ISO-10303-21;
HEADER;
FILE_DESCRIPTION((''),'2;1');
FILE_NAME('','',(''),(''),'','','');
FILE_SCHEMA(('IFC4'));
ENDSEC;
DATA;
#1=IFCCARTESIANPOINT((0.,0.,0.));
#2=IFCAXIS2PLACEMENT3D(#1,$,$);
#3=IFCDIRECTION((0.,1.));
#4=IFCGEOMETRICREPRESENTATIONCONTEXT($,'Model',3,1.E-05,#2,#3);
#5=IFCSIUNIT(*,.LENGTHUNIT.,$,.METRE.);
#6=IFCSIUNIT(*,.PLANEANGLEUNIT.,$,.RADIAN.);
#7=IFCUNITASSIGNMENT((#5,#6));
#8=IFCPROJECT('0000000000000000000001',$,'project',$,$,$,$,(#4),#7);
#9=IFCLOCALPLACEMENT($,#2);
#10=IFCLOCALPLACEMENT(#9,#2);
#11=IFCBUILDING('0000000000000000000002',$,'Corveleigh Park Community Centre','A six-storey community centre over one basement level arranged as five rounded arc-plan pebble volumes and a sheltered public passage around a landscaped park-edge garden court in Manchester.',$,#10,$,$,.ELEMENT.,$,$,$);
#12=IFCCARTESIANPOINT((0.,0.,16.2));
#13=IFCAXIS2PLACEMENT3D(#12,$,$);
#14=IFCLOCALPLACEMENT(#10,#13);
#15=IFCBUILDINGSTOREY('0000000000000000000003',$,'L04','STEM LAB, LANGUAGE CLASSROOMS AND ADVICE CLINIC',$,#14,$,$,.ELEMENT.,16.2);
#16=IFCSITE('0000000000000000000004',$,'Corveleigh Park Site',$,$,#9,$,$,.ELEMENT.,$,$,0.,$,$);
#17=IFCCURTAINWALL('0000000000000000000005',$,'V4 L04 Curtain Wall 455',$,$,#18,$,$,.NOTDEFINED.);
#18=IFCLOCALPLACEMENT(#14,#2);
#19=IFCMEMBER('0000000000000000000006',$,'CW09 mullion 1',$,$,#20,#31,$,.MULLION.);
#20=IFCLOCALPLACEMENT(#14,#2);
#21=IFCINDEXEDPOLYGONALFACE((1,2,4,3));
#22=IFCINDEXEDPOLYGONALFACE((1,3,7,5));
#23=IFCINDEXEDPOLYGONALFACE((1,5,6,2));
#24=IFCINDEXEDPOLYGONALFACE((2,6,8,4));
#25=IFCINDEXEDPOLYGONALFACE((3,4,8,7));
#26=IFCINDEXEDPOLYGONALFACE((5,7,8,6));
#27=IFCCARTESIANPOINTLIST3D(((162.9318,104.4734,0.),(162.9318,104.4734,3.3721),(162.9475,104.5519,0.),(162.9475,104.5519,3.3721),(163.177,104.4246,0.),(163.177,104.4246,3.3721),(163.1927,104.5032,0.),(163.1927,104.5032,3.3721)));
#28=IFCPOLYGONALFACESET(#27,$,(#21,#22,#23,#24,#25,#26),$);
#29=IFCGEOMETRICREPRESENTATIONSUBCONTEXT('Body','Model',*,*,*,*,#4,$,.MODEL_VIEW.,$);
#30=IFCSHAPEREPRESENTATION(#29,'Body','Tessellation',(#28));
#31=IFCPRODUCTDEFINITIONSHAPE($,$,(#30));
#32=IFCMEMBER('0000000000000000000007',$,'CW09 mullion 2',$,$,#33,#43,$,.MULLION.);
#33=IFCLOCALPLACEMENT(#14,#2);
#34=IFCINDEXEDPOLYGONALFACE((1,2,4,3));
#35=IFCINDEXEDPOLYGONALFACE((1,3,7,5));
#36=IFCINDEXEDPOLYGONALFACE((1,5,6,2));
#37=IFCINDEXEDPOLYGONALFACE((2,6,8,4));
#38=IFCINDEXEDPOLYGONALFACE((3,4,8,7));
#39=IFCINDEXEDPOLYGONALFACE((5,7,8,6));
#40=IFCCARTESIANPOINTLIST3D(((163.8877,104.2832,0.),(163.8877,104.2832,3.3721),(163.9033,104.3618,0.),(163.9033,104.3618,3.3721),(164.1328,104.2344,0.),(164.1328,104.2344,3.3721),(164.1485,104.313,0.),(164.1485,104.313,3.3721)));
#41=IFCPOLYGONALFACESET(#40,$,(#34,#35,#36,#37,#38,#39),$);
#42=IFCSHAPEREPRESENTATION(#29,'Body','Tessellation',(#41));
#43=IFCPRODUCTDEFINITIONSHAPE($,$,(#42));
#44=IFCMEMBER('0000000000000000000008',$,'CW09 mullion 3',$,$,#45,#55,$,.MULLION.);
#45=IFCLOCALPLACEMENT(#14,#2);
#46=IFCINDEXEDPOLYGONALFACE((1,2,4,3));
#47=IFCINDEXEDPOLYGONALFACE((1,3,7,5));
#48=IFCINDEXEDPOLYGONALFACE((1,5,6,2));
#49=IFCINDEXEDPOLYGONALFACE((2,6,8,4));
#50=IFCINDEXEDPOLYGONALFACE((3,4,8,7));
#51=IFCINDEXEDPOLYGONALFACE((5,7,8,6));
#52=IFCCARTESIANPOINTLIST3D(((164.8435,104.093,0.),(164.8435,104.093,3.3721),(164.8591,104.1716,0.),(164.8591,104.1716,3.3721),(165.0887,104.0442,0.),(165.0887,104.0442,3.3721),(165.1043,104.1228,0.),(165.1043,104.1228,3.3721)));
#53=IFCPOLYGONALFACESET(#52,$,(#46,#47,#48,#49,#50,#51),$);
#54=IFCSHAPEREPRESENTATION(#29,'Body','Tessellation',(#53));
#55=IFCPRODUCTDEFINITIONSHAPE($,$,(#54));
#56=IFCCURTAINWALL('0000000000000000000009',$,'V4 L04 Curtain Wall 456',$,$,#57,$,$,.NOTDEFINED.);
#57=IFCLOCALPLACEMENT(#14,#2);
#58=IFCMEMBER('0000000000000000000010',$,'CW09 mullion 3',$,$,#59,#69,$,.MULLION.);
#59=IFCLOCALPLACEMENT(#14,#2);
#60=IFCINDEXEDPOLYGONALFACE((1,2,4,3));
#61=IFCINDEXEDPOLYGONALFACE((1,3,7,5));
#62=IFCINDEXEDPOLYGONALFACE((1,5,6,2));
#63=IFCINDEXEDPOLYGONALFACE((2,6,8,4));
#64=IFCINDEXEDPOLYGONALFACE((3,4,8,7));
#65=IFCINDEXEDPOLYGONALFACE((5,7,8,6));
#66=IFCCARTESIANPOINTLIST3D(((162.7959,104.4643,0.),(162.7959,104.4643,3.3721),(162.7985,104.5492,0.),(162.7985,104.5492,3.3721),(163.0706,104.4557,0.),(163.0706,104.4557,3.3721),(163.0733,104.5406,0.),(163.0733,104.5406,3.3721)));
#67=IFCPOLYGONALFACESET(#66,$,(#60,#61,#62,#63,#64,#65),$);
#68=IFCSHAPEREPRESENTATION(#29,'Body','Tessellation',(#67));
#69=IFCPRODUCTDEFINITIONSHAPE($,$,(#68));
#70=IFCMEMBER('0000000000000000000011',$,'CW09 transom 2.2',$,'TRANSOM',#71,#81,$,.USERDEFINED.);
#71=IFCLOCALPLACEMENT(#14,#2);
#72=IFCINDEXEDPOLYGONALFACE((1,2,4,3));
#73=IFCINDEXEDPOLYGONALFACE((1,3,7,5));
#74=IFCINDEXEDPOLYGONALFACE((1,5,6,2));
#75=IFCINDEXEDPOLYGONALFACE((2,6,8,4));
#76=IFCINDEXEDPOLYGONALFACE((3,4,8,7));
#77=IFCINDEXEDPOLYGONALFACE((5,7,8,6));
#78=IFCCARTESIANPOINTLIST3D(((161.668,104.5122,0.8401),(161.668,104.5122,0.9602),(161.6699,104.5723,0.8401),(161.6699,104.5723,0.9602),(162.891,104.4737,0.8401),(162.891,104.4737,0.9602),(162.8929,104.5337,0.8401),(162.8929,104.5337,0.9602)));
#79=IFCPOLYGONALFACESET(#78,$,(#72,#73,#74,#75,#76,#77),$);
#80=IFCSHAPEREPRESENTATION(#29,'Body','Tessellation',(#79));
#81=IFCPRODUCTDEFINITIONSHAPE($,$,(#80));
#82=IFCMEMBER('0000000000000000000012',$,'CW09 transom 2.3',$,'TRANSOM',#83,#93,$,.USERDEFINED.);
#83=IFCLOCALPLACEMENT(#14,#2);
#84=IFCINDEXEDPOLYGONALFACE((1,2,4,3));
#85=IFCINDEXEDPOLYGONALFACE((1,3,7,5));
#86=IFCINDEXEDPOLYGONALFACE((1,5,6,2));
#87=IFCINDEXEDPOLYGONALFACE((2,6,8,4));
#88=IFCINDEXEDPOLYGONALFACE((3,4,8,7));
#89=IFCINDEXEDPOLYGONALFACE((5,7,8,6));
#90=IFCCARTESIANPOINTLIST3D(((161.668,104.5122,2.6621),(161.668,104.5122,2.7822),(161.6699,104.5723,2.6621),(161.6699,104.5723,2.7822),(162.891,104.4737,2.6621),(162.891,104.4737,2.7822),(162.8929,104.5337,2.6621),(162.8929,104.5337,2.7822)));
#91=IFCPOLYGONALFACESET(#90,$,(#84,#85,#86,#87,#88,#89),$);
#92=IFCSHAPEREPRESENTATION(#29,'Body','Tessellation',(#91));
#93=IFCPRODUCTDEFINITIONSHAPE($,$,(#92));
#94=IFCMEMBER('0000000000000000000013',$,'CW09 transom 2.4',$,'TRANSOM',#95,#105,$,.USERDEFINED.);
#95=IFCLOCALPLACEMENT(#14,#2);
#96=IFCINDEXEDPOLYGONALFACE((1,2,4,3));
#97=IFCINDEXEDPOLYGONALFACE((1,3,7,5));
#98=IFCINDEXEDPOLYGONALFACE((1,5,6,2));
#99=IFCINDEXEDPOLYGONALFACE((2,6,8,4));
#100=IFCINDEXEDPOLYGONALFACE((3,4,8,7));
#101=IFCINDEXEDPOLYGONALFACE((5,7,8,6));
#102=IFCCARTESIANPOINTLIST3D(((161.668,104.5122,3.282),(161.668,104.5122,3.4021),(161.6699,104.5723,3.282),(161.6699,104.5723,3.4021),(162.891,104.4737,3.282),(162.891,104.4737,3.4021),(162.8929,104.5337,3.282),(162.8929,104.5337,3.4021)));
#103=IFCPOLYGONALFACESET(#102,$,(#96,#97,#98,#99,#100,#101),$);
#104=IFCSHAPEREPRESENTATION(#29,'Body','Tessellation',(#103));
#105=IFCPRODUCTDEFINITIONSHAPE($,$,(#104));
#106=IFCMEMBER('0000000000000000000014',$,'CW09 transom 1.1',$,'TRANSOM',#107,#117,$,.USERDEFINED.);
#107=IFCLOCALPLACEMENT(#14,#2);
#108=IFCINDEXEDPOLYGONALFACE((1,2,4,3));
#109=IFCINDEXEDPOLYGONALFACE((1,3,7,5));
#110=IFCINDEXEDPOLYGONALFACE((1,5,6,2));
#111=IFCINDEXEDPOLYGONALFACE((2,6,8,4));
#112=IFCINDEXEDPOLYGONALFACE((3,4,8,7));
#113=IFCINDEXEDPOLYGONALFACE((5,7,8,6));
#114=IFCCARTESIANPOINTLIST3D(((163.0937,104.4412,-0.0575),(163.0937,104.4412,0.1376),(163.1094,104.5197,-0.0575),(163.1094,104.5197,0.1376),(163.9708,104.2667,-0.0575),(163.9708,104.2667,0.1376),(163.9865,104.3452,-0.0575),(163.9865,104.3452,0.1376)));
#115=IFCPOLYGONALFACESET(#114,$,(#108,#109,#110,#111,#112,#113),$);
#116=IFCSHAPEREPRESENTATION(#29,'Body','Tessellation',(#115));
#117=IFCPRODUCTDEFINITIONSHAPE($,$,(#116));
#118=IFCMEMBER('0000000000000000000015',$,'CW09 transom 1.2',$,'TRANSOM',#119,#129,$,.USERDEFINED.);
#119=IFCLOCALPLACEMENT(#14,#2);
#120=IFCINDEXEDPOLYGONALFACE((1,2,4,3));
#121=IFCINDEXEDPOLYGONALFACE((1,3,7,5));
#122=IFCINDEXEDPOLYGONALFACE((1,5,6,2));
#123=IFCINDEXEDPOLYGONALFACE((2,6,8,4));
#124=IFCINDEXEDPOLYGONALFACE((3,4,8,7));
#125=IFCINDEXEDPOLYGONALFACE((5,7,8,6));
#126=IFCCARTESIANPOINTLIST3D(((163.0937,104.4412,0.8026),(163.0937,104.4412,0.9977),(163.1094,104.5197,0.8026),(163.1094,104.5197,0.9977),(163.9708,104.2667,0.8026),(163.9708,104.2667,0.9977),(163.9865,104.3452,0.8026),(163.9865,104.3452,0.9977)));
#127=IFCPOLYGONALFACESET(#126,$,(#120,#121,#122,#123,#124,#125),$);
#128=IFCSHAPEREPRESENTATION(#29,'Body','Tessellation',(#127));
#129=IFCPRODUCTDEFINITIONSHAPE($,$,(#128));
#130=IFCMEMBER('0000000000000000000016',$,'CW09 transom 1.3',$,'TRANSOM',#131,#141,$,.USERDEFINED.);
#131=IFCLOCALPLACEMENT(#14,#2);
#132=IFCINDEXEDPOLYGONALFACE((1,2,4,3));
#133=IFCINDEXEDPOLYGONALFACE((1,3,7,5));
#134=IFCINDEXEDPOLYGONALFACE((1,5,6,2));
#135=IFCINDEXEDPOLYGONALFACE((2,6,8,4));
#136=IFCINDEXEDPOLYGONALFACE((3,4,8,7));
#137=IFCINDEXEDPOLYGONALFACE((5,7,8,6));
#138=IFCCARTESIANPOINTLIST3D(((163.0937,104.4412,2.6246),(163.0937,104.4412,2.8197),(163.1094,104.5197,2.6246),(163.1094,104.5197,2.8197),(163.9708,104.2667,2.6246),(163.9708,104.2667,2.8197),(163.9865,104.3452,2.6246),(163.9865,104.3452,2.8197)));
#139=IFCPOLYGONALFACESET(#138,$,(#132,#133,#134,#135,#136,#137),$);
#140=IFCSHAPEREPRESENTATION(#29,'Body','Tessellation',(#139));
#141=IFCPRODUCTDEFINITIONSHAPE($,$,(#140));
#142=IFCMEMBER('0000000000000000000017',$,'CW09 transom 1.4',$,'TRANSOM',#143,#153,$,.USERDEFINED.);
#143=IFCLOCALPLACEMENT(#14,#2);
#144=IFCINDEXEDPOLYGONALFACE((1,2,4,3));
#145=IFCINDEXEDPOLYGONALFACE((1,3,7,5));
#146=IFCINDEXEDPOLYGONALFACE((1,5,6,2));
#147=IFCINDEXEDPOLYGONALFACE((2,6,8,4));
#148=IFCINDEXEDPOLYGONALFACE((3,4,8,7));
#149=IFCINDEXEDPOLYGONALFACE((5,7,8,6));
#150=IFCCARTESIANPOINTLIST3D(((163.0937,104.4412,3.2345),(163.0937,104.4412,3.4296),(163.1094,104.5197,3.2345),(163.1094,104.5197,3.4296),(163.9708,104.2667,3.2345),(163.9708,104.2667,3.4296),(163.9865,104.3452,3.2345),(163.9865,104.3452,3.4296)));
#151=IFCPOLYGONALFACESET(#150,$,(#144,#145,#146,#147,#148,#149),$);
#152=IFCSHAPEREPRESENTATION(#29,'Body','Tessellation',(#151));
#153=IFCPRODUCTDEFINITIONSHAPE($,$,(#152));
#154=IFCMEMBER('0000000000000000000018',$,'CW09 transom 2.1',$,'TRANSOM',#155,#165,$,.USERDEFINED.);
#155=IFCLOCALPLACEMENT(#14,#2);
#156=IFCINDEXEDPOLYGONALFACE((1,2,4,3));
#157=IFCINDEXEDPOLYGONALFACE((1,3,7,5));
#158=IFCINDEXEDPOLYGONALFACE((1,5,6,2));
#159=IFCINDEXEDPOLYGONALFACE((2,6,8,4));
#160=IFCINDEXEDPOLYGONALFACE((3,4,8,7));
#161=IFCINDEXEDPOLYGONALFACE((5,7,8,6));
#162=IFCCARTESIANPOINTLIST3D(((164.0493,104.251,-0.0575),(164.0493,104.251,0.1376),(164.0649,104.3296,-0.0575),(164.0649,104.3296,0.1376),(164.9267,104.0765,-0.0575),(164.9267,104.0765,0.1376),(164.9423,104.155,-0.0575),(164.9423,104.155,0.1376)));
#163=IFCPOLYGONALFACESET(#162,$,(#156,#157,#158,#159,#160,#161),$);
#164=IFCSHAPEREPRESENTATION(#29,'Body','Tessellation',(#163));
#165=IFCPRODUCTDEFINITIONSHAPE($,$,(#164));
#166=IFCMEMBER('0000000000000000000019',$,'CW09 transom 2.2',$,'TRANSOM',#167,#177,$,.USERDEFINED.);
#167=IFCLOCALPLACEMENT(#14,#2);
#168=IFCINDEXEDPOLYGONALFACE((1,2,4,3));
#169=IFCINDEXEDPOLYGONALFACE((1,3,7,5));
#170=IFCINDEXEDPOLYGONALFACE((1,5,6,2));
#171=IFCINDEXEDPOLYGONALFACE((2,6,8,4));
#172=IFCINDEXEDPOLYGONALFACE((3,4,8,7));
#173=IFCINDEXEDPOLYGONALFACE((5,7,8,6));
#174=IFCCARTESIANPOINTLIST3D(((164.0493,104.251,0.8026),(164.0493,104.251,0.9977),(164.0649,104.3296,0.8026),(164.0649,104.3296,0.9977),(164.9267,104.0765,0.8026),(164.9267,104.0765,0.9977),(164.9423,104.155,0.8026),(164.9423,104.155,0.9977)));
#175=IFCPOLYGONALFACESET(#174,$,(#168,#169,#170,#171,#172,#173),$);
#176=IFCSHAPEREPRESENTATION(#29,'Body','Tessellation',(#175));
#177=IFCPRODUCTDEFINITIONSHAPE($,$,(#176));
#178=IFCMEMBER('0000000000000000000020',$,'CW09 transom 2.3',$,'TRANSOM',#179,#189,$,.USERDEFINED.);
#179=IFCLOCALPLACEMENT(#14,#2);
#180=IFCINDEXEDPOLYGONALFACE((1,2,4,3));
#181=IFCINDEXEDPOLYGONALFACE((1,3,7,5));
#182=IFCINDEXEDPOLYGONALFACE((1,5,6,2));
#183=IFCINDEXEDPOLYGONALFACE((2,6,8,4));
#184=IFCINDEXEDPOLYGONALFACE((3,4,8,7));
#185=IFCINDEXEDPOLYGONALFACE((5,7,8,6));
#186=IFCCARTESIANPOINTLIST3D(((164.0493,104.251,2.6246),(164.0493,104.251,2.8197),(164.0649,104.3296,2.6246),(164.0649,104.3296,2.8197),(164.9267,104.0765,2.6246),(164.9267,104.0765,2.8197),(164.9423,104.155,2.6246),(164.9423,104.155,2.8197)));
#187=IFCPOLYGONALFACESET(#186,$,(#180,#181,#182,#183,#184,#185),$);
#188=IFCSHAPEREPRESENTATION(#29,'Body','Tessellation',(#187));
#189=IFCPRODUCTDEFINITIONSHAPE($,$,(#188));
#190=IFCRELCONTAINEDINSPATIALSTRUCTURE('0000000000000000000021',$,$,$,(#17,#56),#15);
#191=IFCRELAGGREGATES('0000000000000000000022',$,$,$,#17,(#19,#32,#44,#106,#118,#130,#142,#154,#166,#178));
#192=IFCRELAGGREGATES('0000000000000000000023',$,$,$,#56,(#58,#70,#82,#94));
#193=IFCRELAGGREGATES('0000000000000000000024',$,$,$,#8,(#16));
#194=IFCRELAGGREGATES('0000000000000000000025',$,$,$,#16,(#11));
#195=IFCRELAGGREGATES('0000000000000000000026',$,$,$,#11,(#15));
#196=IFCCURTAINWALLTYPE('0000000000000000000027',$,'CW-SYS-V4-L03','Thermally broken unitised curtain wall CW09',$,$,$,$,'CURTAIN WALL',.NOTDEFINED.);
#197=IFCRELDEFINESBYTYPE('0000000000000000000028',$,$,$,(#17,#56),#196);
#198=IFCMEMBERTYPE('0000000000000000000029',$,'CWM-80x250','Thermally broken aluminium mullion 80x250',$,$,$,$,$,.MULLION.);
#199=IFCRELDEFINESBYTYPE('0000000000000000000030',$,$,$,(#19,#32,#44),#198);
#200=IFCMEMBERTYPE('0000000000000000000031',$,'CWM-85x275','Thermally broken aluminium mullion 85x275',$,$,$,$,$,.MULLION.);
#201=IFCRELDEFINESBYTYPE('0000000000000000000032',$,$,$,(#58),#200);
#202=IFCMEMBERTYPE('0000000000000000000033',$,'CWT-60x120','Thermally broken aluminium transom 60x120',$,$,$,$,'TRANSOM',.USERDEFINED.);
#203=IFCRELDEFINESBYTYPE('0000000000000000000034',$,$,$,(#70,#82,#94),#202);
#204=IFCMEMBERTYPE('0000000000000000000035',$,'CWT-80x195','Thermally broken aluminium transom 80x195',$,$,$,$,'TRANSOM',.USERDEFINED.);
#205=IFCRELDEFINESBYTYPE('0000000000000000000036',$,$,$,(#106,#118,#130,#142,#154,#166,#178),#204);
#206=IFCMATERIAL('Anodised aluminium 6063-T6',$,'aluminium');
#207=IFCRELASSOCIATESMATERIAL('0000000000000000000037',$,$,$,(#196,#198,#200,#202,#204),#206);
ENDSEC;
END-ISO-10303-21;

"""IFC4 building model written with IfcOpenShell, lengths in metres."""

from ifc_helpers import new_model, si_unit, direction, frame, origin, origin_2d, place, context, subcontext, project, spatial, rectangle, extrude, material, material_profile, profile_set, type_object, element, aggregate, save


model = new_model("IFC4")

# Units and contexts
model_context = context("Model", 3, precision=1e-05, world=origin(), true_north=direction((0.0, 1.0)))
body_context = subcontext(model_context, "Body", "Model", "MODEL_VIEW")
ifc_project = project(units=[si_unit("LENGTHUNIT", "METRE"), si_unit("PLANEANGLEUNIT", "RADIAN")], contexts=[model_context])

# Site, building, storey
site_placement = place(None, origin())
site = spatial("IfcSite", under=ifc_project, at=site_placement, Name="Corveleigh Park Site", CompositionType="ELEMENT", RefElevation=0.0)
building_placement = place(site_placement, origin())
building = spatial("IfcBuilding", under=site, at=building_placement, Name="Corveleigh Park Community Centre", Description="A six-storey community centre over one basement level arranged as five rounded arc-plan pebble volumes and a sheltered public passage around a landscaped park-edge garden court in Manchester.", CompositionType="ELEMENT")
storey_placement = place(building_placement, frame((0.0, 0.0, 16.2)))
storey = spatial("IfcBuildingStorey", under=building, at=storey_placement, Name="L04", Description="STEM LAB, LANGUAGE CLASSROOMS AND ADVICE CLINIC", CompositionType="ELEMENT", Elevation=16.2)

# Curtain walls, members
ifc_material_1 = material(Name="Anodised aluminium 6063-T6", Category="aluminium")
curtain_wall_type = type_object("IfcCurtainWallType", Name="CW-SYS-V4-L03", Description="Thermally broken unitised curtain wall CW09", ElementType="CURTAIN WALL", PredefinedType="NOTDEFINED", material=ifc_material_1)
curtain_wall_1_placement = place(storey_placement, origin())
curtain_wall_1 = element("IfcCurtainWall", 1, at=curtain_wall_1_placement, inside=storey, type_object=curtain_wall_type, Name="V4 L04 Curtain Wall 455", PredefinedType="NOTDEFINED")
ifc_material_profile_1 = material_profile(ifc_material_1, rectangle(XDim=0.0801, YDim=0.25, at=origin_2d()), Name="ALU-M80x250", Category="aluminium")
ifc_profile_set_1 = profile_set([ifc_material_profile_1], Name="Anodised aluminium 6063-T6")
member_type_1 = type_object("IfcMemberType", Name="CWM-80x250", Description="Thermally broken aluminium mullion 80x250", PredefinedType="MULLION", material=ifc_profile_set_1)
member_1_placement = place(storey_placement, frame((163.0623, 104.4883, 0.0), z_axis=(0.0, 0.0, 1.0), x_axis=(0.195168, 0.98077, 0.0)))
member_1 = element("IfcMember", 2, at=member_1_placement, type_object=member_type_1, Name="CW09 mullion 1", PredefinedType="MULLION", context=body_context, shape_type="SweptSolid", body=[
    extrude(rectangle(XDim=0.0801, YDim=0.25, at=origin_2d()), origin(), (0.0, 0.0, 1.0), 3.3721),
])
member_2_placement = place(storey_placement, frame((164.0181, 104.2981, 0.0), z_axis=(0.0, 0.0, 1.0), x_axis=(0.195168, 0.98077, 0.0)))
member_2 = element("IfcMember", 3, at=member_2_placement, type_object=member_type_1, Name="CW09 mullion 2", PredefinedType="MULLION", context=body_context, shape_type="SweptSolid", body=[
    extrude(rectangle(XDim=0.0801, YDim=0.25, at=origin_2d()), origin(), (0.0, 0.0, 1.0), 3.3721),
])
member_3_placement = place(storey_placement, frame((164.9739, 104.1079, 0.0), z_axis=(0.0, 0.0, 1.0), x_axis=(0.195168, 0.98077, 0.0)))
member_3 = element("IfcMember", 4, at=member_3_placement, type_object=member_type_1, Name="CW09 mullion 3", PredefinedType="MULLION", context=body_context, shape_type="SweptSolid", body=[
    extrude(rectangle(XDim=0.0801, YDim=0.25, at=origin_2d()), origin(), (0.0, 0.0, 1.0), 3.3721),
])
curtain_wall_2_placement = place(storey_placement, origin())
curtain_wall_2 = element("IfcCurtainWall", 5, at=curtain_wall_2_placement, inside=storey, type_object=curtain_wall_type, Name="V4 L04 Curtain Wall 456", PredefinedType="NOTDEFINED")
ifc_material_profile_2 = material_profile(ifc_material_1, rectangle(XDim=0.085, YDim=0.2749, at=origin_2d()), Name="ALU-M85x275", Category="aluminium")
ifc_profile_set_2 = profile_set([ifc_material_profile_2], Name="Anodised aluminium 6063-T6")
member_type_2 = type_object("IfcMemberType", Name="CWM-85x275", Description="Thermally broken aluminium mullion 85x275", PredefinedType="MULLION", material=ifc_profile_set_2)
member_4_placement = place(storey_placement, frame((162.9346, 104.5024, 0.0), z_axis=(0.0, 0.0, 1.0), x_axis=(0.031454, 0.999505, 0.0)))
member_4 = element("IfcMember", 6, at=member_4_placement, type_object=member_type_2, Name="CW09 mullion 3", PredefinedType="MULLION", context=body_context, shape_type="SweptSolid", body=[
    extrude(rectangle(XDim=0.085, YDim=0.2749, at=origin_2d()), origin(), (0.0, 0.0, 1.0), 3.3721),
])
ifc_material_profile_3 = material_profile(ifc_material_1, rectangle(XDim=0.0601, YDim=0.1201, at=origin_2d()), Name="ALU-T60x120", Category="aluminium")
ifc_profile_set_3 = profile_set([ifc_material_profile_3], Name="Anodised aluminium 6063-T6")
member_type_3 = type_object("IfcMemberType", Name="CWT-60x120", Description="Thermally broken aluminium transom 60x120", ElementType="TRANSOM", PredefinedType="USERDEFINED", material=ifc_profile_set_3)
member_5_placement = place(storey_placement, frame((161.6689, 104.5422, 0.9001), z_axis=(0.999503, -0.031521, 0.0), x_axis=(0.031521, 0.999503, 0.0)))
member_5 = element("IfcMember", 7, at=member_5_placement, type_object=member_type_3, Name="CW09 transom 2.2", ObjectType="TRANSOM", PredefinedType="USERDEFINED", context=body_context, shape_type="SweptSolid", body=[
    extrude(rectangle(XDim=0.0601, YDim=0.1201, at=origin_2d()), origin(), (0.0, 0.0, 1.0), 1.2236),
])
member_6_placement = place(storey_placement, frame((161.6689, 104.5422, 2.7222), z_axis=(0.999503, -0.031521, 0.0), x_axis=(0.031521, 0.999503, 0.0)))
member_6 = element("IfcMember", 8, at=member_6_placement, type_object=member_type_3, Name="CW09 transom 2.3", ObjectType="TRANSOM", PredefinedType="USERDEFINED", context=body_context, shape_type="SweptSolid", body=[
    extrude(rectangle(XDim=0.0601, YDim=0.1201, at=origin_2d()), origin(), (0.0, 0.0, 1.0), 1.2236),
])
member_7_placement = place(storey_placement, frame((161.6689, 104.5422, 3.342), z_axis=(0.999503, -0.031521, 0.0), x_axis=(0.031521, 0.999503, 0.0)))
member_7 = element("IfcMember", 9, at=member_7_placement, type_object=member_type_3, Name="CW09 transom 2.4", ObjectType="TRANSOM", PredefinedType="USERDEFINED", context=body_context, shape_type="SweptSolid", body=[
    extrude(rectangle(XDim=0.0601, YDim=0.1201, at=origin_2d()), origin(), (0.0, 0.0, 1.0), 1.2236),
])

# Members
ifc_material_profile_4 = material_profile(ifc_material_1, rectangle(XDim=0.0801, YDim=0.1951, at=origin_2d()), Name="ALU-T80x195", Category="aluminium")
ifc_profile_set_4 = profile_set([ifc_material_profile_4], Name="Anodised aluminium 6063-T6")
member_type_4 = type_object("IfcMemberType", Name="CWT-80x195", Description="Thermally broken aluminium transom 80x195", ElementType="TRANSOM", PredefinedType="USERDEFINED", material=ifc_profile_set_4)
member_8_placement = place(storey_placement, frame((163.1016, 104.4805, 0.04), z_axis=(0.980769, -0.195171, 0.0), x_axis=(0.195171, 0.980769, 0.0)))
member_8 = element("IfcMember", 10, at=member_8_placement, type_object=member_type_4, Name="CW09 transom 1.1", ObjectType="TRANSOM", PredefinedType="USERDEFINED", context=body_context, shape_type="SweptSolid", body=[
    extrude(rectangle(XDim=0.0801, YDim=0.1951, at=origin_2d()), origin(), (0.0, 0.0, 1.0), 0.8943),
])
member_9_placement = place(storey_placement, frame((163.1016, 104.4805, 0.9001), z_axis=(0.980769, -0.195171, 0.0), x_axis=(0.195171, 0.980769, 0.0)))
member_9 = element("IfcMember", 11, at=member_9_placement, type_object=member_type_4, Name="CW09 transom 1.2", ObjectType="TRANSOM", PredefinedType="USERDEFINED", context=body_context, shape_type="SweptSolid", body=[
    extrude(rectangle(XDim=0.0801, YDim=0.1951, at=origin_2d()), origin(), (0.0, 0.0, 1.0), 0.8943),
])
member_10_placement = place(storey_placement, frame((163.1016, 104.4805, 2.7222), z_axis=(0.980769, -0.195171, 0.0), x_axis=(0.195171, 0.980769, 0.0)))
member_10 = element("IfcMember", 12, at=member_10_placement, type_object=member_type_4, Name="CW09 transom 1.3", ObjectType="TRANSOM", PredefinedType="USERDEFINED", context=body_context, shape_type="SweptSolid", body=[
    extrude(rectangle(XDim=0.0801, YDim=0.1951, at=origin_2d()), origin(), (0.0, 0.0, 1.0), 0.8943),
])
member_11_placement = place(storey_placement, frame((163.1016, 104.4805, 3.332), z_axis=(0.980769, -0.195171, 0.0), x_axis=(0.195171, 0.980769, 0.0)))
member_11 = element("IfcMember", 13, at=member_11_placement, type_object=member_type_4, Name="CW09 transom 1.4", ObjectType="TRANSOM", PredefinedType="USERDEFINED", context=body_context, shape_type="SweptSolid", body=[
    extrude(rectangle(XDim=0.0801, YDim=0.1951, at=origin_2d()), origin(), (0.0, 0.0, 1.0), 0.8943),
])
member_12_placement = place(storey_placement, frame((164.0571, 104.2903, 0.04), z_axis=(0.98078, -0.195119, 0.0), x_axis=(0.195119, 0.98078, 0.0)))
member_12 = element("IfcMember", 14, at=member_12_placement, type_object=member_type_4, Name="CW09 transom 2.1", ObjectType="TRANSOM", PredefinedType="USERDEFINED", context=body_context, shape_type="SweptSolid", body=[
    extrude(rectangle(XDim=0.0801, YDim=0.1951, at=origin_2d()), origin(), (0.0, 0.0, 1.0), 0.8945),
])
member_13_placement = place(storey_placement, frame((164.0571, 104.2903, 0.9001), z_axis=(0.98078, -0.195119, 0.0), x_axis=(0.195119, 0.98078, 0.0)))
member_13 = element("IfcMember", 15, at=member_13_placement, type_object=member_type_4, Name="CW09 transom 2.2", ObjectType="TRANSOM", PredefinedType="USERDEFINED", context=body_context, shape_type="SweptSolid", body=[
    extrude(rectangle(XDim=0.0801, YDim=0.1951, at=origin_2d()), origin(), (0.0, 0.0, 1.0), 0.8945),
])
member_14_placement = place(storey_placement, frame((164.0571, 104.2903, 2.7222), z_axis=(0.98078, -0.195119, 0.0), x_axis=(0.195119, 0.98078, 0.0)))
member_14 = element("IfcMember", 16, at=member_14_placement, type_object=member_type_4, Name="CW09 transom 2.3", ObjectType="TRANSOM", PredefinedType="USERDEFINED", context=body_context, shape_type="SweptSolid", body=[
    extrude(rectangle(XDim=0.0801, YDim=0.1951, at=origin_2d()), origin(), (0.0, 0.0, 1.0), 0.8945),
])

aggregate(curtain_wall_1, [member_1, member_2, member_3, member_8, member_9, member_10, member_11, member_12, member_13, member_14])
aggregate(curtain_wall_2, [member_4, member_5, member_6, member_7])

save(model, "model.ifc")
